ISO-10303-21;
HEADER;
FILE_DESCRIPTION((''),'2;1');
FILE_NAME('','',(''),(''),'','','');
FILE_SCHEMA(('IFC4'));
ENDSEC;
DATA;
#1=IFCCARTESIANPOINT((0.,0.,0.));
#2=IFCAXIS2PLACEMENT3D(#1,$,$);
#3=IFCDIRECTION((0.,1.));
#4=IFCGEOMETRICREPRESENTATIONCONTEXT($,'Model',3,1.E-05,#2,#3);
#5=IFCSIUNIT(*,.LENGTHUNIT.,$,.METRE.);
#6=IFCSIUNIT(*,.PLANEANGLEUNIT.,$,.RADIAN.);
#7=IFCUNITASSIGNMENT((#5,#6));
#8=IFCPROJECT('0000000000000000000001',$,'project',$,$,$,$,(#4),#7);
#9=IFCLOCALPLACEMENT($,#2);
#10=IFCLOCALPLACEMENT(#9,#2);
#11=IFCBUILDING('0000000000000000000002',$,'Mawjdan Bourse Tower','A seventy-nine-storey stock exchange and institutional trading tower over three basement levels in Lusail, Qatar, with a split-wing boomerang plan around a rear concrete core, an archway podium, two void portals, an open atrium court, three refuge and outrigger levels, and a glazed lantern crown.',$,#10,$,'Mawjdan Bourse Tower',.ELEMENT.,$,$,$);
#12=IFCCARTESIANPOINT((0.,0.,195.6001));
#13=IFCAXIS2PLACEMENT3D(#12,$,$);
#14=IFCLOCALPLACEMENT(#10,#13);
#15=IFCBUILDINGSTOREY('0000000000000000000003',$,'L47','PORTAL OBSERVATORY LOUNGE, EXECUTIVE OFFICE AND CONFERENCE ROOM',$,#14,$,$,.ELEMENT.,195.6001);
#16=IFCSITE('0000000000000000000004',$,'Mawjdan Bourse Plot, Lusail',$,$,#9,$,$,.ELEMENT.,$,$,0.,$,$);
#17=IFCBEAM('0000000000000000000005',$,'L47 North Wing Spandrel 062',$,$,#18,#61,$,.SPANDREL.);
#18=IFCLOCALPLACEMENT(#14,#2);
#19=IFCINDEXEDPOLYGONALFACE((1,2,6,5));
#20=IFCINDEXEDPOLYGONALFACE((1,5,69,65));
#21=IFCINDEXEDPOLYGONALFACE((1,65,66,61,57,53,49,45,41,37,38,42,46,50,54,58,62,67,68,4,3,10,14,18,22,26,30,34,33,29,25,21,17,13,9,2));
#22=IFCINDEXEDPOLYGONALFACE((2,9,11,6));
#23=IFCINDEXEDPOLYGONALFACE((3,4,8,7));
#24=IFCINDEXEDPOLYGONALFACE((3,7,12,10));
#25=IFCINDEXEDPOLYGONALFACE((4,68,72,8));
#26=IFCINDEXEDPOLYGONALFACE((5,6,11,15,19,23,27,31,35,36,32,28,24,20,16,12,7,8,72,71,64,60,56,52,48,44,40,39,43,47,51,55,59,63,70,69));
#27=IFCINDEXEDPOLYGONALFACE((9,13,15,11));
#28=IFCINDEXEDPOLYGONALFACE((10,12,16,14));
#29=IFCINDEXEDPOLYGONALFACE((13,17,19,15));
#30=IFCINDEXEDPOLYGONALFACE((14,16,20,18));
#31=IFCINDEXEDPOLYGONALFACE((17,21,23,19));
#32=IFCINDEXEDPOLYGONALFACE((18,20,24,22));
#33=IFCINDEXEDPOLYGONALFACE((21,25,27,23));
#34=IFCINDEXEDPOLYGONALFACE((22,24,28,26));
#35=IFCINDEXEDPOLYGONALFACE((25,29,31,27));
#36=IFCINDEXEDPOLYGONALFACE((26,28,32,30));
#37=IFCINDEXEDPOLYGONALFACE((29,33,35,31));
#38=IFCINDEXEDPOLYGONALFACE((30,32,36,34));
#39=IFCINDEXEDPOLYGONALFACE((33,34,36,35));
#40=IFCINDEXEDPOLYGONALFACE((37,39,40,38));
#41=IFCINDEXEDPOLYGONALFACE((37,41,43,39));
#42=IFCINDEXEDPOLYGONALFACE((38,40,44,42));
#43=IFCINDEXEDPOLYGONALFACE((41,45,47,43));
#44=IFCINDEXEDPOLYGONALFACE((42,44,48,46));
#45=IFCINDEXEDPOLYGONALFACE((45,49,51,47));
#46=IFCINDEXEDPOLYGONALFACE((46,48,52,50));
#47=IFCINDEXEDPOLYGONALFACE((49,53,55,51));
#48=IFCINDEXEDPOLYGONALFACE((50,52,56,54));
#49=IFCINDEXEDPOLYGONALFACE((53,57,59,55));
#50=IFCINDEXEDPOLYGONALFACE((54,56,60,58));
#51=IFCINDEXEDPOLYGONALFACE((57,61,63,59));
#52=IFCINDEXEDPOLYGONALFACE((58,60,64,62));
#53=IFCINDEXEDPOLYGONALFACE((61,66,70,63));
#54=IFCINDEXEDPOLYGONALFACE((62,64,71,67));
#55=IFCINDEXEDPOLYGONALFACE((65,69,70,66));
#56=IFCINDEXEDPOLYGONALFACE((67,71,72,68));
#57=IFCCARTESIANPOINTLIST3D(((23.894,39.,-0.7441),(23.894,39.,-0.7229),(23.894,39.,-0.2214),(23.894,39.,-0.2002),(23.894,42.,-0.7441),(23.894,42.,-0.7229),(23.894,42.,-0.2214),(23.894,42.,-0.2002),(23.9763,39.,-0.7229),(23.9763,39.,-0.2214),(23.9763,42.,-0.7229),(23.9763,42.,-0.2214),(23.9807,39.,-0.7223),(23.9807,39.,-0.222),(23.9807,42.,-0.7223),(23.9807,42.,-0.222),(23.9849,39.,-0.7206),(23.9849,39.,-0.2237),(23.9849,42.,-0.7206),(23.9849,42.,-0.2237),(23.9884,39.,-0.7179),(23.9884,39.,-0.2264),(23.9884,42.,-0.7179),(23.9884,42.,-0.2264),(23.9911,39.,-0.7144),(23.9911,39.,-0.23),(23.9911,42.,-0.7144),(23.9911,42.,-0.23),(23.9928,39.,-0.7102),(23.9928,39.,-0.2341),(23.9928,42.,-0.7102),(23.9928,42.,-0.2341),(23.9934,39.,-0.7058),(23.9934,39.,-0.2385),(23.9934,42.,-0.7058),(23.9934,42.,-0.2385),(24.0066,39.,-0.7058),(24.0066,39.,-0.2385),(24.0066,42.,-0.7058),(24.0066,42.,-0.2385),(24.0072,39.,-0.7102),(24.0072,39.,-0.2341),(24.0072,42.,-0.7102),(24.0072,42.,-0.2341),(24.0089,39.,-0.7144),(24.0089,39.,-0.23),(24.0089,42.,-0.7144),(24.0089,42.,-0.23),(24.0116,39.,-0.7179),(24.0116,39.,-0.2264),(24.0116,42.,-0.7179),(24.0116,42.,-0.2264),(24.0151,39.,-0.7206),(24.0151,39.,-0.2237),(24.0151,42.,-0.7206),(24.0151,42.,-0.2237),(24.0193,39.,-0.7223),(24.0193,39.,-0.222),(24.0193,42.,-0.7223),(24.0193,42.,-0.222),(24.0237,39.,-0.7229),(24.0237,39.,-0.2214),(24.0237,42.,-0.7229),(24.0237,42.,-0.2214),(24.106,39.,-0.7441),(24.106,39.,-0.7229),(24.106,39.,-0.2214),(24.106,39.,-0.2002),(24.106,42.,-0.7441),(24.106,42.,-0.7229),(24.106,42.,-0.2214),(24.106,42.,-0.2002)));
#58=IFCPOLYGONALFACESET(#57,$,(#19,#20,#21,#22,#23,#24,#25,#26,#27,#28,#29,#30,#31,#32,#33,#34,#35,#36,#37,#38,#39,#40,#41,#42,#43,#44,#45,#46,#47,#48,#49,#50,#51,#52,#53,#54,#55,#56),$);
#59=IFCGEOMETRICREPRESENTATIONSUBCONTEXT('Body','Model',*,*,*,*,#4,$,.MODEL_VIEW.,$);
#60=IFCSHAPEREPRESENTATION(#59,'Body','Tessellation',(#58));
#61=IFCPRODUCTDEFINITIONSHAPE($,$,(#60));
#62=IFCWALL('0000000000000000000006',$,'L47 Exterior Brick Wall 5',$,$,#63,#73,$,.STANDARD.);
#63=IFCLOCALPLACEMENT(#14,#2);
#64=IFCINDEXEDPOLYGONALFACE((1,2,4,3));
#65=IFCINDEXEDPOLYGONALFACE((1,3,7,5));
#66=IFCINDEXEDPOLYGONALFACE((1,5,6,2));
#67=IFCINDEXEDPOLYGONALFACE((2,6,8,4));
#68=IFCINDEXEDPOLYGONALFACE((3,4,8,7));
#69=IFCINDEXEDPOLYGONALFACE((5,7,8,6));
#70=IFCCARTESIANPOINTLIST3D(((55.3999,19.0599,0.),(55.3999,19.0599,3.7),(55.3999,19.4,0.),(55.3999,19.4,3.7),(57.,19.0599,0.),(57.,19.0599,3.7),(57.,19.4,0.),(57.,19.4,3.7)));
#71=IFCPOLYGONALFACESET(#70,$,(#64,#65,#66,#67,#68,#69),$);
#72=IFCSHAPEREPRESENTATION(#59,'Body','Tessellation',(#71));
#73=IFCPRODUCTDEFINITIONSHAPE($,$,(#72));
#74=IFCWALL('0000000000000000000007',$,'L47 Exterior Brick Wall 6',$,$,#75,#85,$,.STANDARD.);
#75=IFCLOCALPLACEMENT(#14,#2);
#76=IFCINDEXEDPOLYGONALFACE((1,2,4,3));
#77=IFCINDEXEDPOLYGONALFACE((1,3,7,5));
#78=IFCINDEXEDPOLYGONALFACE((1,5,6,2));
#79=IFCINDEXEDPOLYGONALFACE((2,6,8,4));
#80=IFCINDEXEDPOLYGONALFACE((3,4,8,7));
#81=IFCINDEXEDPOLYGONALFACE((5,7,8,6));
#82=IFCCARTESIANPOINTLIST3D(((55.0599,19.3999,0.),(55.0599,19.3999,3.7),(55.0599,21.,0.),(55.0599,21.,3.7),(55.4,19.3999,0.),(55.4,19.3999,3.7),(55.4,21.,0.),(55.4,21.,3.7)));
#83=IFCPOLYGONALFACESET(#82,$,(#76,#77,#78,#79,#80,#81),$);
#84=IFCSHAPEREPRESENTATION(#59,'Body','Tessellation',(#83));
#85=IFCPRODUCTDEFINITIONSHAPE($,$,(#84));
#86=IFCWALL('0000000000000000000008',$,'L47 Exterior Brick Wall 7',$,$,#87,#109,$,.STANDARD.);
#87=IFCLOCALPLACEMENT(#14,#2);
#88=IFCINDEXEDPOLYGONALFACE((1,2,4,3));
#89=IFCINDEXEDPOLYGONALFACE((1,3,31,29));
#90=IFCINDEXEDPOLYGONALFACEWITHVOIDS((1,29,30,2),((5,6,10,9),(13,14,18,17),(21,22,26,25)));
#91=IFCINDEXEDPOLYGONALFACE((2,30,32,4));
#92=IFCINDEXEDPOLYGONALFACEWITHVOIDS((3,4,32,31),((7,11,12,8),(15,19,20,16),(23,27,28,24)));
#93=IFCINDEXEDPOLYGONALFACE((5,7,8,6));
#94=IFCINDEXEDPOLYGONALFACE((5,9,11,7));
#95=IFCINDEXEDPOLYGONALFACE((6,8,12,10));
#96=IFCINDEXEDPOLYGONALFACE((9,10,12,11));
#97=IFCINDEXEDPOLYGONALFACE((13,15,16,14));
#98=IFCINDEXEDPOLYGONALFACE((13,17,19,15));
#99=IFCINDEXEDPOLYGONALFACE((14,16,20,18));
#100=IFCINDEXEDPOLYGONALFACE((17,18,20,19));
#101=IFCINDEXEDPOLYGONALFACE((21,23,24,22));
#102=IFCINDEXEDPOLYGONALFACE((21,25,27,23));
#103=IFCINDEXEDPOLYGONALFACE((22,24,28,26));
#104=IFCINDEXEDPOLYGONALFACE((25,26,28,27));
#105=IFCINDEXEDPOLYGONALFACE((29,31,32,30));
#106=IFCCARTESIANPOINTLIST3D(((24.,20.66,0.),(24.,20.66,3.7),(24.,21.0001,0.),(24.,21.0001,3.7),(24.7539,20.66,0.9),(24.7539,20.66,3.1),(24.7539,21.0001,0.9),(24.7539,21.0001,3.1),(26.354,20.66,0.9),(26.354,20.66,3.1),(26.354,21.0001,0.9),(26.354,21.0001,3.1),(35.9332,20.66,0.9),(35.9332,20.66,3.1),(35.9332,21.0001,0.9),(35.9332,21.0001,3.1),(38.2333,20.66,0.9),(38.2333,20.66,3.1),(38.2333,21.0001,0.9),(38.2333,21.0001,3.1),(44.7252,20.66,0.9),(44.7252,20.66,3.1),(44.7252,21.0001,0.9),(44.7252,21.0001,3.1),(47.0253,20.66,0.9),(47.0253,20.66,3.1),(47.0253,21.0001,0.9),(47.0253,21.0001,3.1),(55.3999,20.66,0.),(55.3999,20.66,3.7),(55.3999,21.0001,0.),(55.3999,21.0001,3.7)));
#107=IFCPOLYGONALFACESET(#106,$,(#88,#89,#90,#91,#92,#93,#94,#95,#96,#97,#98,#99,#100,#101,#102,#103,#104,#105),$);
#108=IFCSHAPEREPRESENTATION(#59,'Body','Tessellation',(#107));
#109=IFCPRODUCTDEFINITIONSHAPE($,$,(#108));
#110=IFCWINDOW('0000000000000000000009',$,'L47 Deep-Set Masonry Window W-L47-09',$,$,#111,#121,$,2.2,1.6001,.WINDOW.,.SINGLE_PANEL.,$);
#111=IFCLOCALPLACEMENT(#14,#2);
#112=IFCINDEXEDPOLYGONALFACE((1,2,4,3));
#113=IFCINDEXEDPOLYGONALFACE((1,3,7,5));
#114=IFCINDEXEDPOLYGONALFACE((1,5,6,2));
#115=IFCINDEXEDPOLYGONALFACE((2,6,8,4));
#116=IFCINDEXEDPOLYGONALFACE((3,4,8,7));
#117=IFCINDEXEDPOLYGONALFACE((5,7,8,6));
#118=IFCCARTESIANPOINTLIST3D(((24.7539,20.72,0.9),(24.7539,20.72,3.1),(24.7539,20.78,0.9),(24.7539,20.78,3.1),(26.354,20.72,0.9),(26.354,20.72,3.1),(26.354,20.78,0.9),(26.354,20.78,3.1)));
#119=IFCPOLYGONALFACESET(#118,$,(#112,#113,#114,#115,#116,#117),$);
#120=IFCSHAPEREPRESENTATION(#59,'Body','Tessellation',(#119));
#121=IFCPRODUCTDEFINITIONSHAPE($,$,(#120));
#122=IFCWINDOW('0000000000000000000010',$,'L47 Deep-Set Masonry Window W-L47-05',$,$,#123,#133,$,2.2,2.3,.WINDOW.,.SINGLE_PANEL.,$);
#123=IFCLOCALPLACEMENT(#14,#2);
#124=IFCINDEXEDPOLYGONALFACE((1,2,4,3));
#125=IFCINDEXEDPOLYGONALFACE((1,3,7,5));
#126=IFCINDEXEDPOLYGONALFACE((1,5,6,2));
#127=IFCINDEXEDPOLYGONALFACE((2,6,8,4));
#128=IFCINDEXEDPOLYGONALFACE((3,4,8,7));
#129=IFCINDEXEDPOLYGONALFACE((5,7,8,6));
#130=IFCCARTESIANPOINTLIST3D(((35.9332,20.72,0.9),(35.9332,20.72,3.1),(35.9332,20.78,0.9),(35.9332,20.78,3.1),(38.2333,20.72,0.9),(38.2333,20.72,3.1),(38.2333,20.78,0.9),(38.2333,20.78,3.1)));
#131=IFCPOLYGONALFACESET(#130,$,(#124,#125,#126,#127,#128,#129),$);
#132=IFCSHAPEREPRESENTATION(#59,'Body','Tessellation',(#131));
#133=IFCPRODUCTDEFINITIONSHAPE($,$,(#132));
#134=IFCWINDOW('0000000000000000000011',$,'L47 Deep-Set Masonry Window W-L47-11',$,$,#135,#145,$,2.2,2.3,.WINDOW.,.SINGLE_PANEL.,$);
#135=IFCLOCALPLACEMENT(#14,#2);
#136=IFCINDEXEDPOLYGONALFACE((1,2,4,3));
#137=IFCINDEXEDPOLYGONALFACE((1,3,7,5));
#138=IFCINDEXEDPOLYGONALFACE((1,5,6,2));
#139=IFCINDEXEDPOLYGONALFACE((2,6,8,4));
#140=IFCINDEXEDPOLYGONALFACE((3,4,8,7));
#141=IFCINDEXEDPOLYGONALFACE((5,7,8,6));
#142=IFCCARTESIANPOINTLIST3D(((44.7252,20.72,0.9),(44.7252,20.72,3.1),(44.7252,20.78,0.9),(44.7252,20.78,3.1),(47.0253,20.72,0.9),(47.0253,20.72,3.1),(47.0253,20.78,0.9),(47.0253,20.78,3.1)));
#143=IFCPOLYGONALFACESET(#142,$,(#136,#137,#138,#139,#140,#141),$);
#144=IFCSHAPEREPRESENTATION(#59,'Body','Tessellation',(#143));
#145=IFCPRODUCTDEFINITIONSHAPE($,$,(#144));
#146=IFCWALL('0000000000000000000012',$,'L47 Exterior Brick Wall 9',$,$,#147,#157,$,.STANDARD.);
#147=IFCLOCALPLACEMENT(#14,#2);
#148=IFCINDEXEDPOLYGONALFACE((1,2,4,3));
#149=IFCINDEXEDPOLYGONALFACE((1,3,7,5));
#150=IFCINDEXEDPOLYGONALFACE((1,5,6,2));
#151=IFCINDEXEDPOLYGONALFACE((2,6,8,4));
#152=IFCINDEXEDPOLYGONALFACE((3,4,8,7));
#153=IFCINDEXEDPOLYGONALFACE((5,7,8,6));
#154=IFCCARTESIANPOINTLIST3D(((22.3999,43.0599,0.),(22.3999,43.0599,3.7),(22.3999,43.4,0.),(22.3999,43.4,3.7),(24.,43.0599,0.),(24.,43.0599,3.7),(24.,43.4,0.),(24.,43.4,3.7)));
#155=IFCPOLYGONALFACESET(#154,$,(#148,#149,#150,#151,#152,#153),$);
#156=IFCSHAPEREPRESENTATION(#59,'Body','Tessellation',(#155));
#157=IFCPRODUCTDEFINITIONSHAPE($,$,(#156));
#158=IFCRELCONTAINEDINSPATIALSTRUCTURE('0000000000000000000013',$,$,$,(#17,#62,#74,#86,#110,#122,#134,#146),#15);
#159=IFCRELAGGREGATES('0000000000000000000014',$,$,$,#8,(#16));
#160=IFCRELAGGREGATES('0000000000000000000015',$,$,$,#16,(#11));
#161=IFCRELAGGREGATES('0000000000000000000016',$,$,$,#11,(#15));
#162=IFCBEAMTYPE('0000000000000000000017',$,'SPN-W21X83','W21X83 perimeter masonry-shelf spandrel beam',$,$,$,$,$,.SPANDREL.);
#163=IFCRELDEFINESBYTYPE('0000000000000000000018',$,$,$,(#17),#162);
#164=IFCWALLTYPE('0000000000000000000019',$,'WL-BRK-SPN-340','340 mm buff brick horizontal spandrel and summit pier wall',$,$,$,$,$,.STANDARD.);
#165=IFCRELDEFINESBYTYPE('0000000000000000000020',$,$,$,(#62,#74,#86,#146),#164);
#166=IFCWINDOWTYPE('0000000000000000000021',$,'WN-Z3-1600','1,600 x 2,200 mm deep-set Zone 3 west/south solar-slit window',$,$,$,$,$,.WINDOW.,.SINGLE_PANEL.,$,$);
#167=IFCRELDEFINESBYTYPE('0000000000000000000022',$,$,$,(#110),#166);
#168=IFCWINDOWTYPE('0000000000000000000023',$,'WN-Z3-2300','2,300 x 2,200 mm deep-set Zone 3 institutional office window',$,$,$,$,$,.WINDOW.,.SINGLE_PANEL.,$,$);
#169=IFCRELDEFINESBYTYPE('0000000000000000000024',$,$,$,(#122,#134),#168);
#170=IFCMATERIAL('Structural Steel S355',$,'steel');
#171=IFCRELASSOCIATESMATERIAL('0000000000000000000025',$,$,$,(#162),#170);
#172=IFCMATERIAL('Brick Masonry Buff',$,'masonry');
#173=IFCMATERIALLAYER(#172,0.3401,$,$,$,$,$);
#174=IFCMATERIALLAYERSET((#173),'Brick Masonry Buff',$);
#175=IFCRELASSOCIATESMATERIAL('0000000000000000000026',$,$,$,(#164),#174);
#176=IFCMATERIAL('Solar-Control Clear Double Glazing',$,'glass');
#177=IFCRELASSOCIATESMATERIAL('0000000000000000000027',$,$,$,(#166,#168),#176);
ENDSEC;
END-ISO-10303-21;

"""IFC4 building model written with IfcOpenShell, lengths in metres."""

from ifc_helpers import new_model, si_unit, direction, frame, frame_2d, origin, origin_2d, place, context, subcontext, project, spatial, rectangle, i_section, extrude, material, layer, layer_set, material_profile, profile_set, type_object, element, fill, save


model = new_model("IFC4")

# Units and contexts
model_context = context("Model", 3, precision=1e-05, world=origin(), true_north=direction((0.0, 1.0)))
body_context = subcontext(model_context, "Body", "Model", "MODEL_VIEW")
ifc_project = project(units=[si_unit("LENGTHUNIT", "METRE"), si_unit("PLANEANGLEUNIT", "RADIAN")], contexts=[model_context])

# Site, building, storey
site_placement = place(None, origin())
site = spatial("IfcSite", under=ifc_project, at=site_placement, Name="Mawjdan Bourse Plot, Lusail", CompositionType="ELEMENT", RefElevation=0.0)
building_placement = place(site_placement, origin())
building = spatial("IfcBuilding", under=site, at=building_placement, Name="Mawjdan Bourse Tower", Description="A seventy-nine-storey stock exchange and institutional trading tower over three basement levels in Lusail, Qatar, with a split-wing boomerang plan around a rear concrete core, an archway podium, two void portals, an open atrium court, three refuge and outrigger levels, and a glazed lantern crown.", LongName="Mawjdan Bourse Tower", CompositionType="ELEMENT")
storey_placement = place(building_placement, frame((0.0, 0.0, 195.6001)))
storey = spatial("IfcBuildingStorey", under=building, at=storey_placement, Name="L47", Description="PORTAL OBSERVATORY LOUNGE, EXECUTIVE OFFICE AND CONFERENCE ROOM", CompositionType="ELEMENT", Elevation=195.6001)

# Beam
ifc_material_1 = material(Name="Structural Steel S355", Category="steel")
ifc_material_profile_1 = material_profile(ifc_material_1, i_section(OverallWidth=0.2119, OverallDepth=0.5439, WebThickness=0.0132, FlangeThickness=0.0212, FilletRadius=0.0171, at=origin_2d()), Name="W21X83")
ifc_profile_set_1 = profile_set([ifc_material_profile_1], Name="Structural Steel S355")
beam_type_1 = type_object("IfcBeamType", Name="SPN-W21X83", Description="W21X83 perimeter masonry-shelf spandrel beam", PredefinedType="SPANDREL", material=ifc_profile_set_1)
for number, where, z_axis, x_axis, name in (
    (1, (24.0, 39.0, -0.4722), (0.0, 1.0, 0.0), (-1.0, 0.0, 0.0), "L47 North Wing Spandrel 062"),
):
    element("IfcBeam", number, at=place(storey_placement, frame(where, z_axis=z_axis, x_axis=x_axis)), inside=storey, type_object=beam_type_1, Name=name, PredefinedType="SPANDREL", context=body_context, shape_type="SweptSolid", body=[
        extrude(i_section(OverallWidth=0.2119, OverallDepth=0.5439, WebThickness=0.0132, FlangeThickness=0.0212, FilletRadius=0.0171, at=origin_2d()), origin(), (0.0, 0.0, 1.0), 3.0),
    ])

# Walls
ifc_material_2 = material(Name="Brick Masonry Buff", Category="masonry")
ifc_layer = layer(ifc_material_2, 0.3401)
ifc_layer_set = layer_set([ifc_layer], Name="Brick Masonry Buff")
wall_type = type_object("IfcWallType", Name="WL-BRK-SPN-340", Description="340 mm buff brick horizontal spandrel and summit pier wall", PredefinedType="STANDARD", material=ifc_layer_set)
for number, where, z_axis, x_axis, name in (
    (2, (57.0, 19.23, 0.0), (0.0, 0.0, 1.0), (-1.0, 0.0, 0.0), "L47 Exterior Brick Wall 5"),
    (3, (55.23, 19.3999, 0.0), (0.0, 0.0, 1.0), (0.0, 1.0, 0.0), "L47 Exterior Brick Wall 6"),
):
    element("IfcWall", number, at=place(storey_placement, frame(where, z_axis=z_axis, x_axis=x_axis)), inside=storey, type_object=wall_type, Name=name, PredefinedType="STANDARD", context=body_context, shape_type="SweptSolid", body=[
        extrude(rectangle(XDim=1.6001, YDim=0.3401, at=frame_2d((0.8, 0.0))), origin(), (0.0, 0.0, 1.0), 3.7),
    ])

# Wall, openings, windows
wall_1_placement = place(storey_placement, frame((55.3999, 20.8301, 0.0), z_axis=(0.0, 0.0, 1.0), x_axis=(-1.0, 0.0, 0.0)))
wall_1 = element("IfcWall", 4, at=wall_1_placement, inside=storey, type_object=wall_type, Name="L47 Exterior Brick Wall 7", PredefinedType="STANDARD", context=body_context, shape_type="SweptSolid", body=[
    extrude(rectangle(XDim=31.3999, YDim=0.3401, at=frame_2d((15.7, 0.0))), origin(), (0.0, 0.0, 1.0), 3.7),
])
opening_1_placement = place(wall_1_placement, frame((17.1667, 0.0, 0.8999)))
opening_1 = element("IfcOpeningElement", 5, at=opening_1_placement, cuts=wall_1, PredefinedType="OPENING", context=body_context, shape_type="SweptSolid", body=[
    extrude(rectangle(XDim=2.3, YDim=2.2, at=frame_2d((1.1499, 1.1001))), frame((0.0, 0.1802, 0.0), z_axis=(0.0, -1.0, 0.0), x_axis=(1.0, 0.0, 0.0)), (0.0, 0.0, 1.0), 0.3601),
])
opening_2_placement = place(wall_1_placement, frame((29.0459, 0.0, 0.8999)))
opening_2 = element("IfcOpeningElement", 6, at=opening_2_placement, cuts=wall_1, PredefinedType="OPENING", context=body_context, shape_type="SweptSolid", body=[
    extrude(rectangle(XDim=1.6001, YDim=2.2, at=frame_2d((0.8, 1.1001))), frame((0.0, 0.1802, 0.0), z_axis=(0.0, -1.0, 0.0), x_axis=(1.0, 0.0, 0.0)), (0.0, 0.0, 1.0), 0.3601),
])
opening_3_placement = place(wall_1_placement, frame((8.3748, 0.0, 0.8999)))
opening_3 = element("IfcOpeningElement", 7, at=opening_3_placement, cuts=wall_1, PredefinedType="OPENING", context=body_context, shape_type="SweptSolid", body=[
    extrude(rectangle(XDim=2.3, YDim=2.2, at=frame_2d((1.1499, 1.1001))), frame((0.0, 0.1802, 0.0), z_axis=(0.0, -1.0, 0.0), x_axis=(1.0, 0.0, 0.0)), (0.0, 0.0, 1.0), 0.3601),
])
ifc_material_3 = material(Name="Solar-Control Clear Double Glazing", Category="glass")
window_type_1 = type_object("IfcWindowType", Name="WN-Z3-1600", Description="1,600 x 2,200 mm deep-set Zone 3 west/south solar-slit window", PartitioningType="SINGLE_PANEL", PredefinedType="WINDOW", material=ifc_material_3)
window_1_placement = place(opening_2_placement, origin())
window_1 = element("IfcWindow", 8, at=window_1_placement, inside=storey, type_object=window_type_1, Name="L47 Deep-Set Masonry Window W-L47-09", OverallHeight=2.2, OverallWidth=1.6001, PartitioningType="SINGLE_PANEL", PredefinedType="WINDOW", context=body_context, shape_type="SweptSolid", body=[
    extrude(rectangle(XDim=1.6001, YDim=2.2, at=frame_2d((0.8, 1.1001))), frame((0.0, 0.1101, 0.0), z_axis=(0.0, -1.0, 0.0), x_axis=(1.0, 0.0, 0.0)), (0.0, 0.0, 1.0), 0.0601),
])
fill(opening_2, window_1)
window_type_2 = type_object("IfcWindowType", Name="WN-Z3-2300", Description="2,300 x 2,200 mm deep-set Zone 3 institutional office window", PartitioningType="SINGLE_PANEL", PredefinedType="WINDOW", material=ifc_material_3)
window_2_placement = place(opening_1_placement, origin())
window_2 = element("IfcWindow", 9, at=window_2_placement, inside=storey, type_object=window_type_2, Name="L47 Deep-Set Masonry Window W-L47-05", OverallHeight=2.2, OverallWidth=2.3, PartitioningType="SINGLE_PANEL", PredefinedType="WINDOW", context=body_context, shape_type="SweptSolid", body=[
    extrude(rectangle(XDim=2.3, YDim=2.2, at=frame_2d((1.1499, 1.1001))), frame((0.0, 0.1101, 0.0), z_axis=(0.0, -1.0, 0.0), x_axis=(1.0, 0.0, 0.0)), (0.0, 0.0, 1.0), 0.0601),
])
fill(opening_1, window_2)
window_3_placement = place(opening_3_placement, origin())
window_3 = element("IfcWindow", 10, at=window_3_placement, inside=storey, type_object=window_type_2, Name="L47 Deep-Set Masonry Window W-L47-11", OverallHeight=2.2, OverallWidth=2.3, PartitioningType="SINGLE_PANEL", PredefinedType="WINDOW", context=body_context, shape_type="SweptSolid", body=[
    extrude(rectangle(XDim=2.3, YDim=2.2, at=frame_2d((1.1499, 1.1001))), frame((0.0, 0.1101, 0.0), z_axis=(0.0, -1.0, 0.0), x_axis=(1.0, 0.0, 0.0)), (0.0, 0.0, 1.0), 0.0601),
])
fill(opening_3, window_3)

# Wall
wall_2_placement = place(storey_placement, frame((24.0, 43.23, 0.0), z_axis=(0.0, 0.0, 1.0), x_axis=(-1.0, 0.0, 0.0)))
element("IfcWall", 11, at=wall_2_placement, inside=storey, type_object=wall_type, Name="L47 Exterior Brick Wall 9", PredefinedType="STANDARD", context=body_context, shape_type="SweptSolid", body=[
    extrude(rectangle(XDim=1.6001, YDim=0.3401, at=frame_2d((0.8, 0.0))), origin(), (0.0, 0.0, 1.0), 3.7),
])

save(model, "model.ifc")
